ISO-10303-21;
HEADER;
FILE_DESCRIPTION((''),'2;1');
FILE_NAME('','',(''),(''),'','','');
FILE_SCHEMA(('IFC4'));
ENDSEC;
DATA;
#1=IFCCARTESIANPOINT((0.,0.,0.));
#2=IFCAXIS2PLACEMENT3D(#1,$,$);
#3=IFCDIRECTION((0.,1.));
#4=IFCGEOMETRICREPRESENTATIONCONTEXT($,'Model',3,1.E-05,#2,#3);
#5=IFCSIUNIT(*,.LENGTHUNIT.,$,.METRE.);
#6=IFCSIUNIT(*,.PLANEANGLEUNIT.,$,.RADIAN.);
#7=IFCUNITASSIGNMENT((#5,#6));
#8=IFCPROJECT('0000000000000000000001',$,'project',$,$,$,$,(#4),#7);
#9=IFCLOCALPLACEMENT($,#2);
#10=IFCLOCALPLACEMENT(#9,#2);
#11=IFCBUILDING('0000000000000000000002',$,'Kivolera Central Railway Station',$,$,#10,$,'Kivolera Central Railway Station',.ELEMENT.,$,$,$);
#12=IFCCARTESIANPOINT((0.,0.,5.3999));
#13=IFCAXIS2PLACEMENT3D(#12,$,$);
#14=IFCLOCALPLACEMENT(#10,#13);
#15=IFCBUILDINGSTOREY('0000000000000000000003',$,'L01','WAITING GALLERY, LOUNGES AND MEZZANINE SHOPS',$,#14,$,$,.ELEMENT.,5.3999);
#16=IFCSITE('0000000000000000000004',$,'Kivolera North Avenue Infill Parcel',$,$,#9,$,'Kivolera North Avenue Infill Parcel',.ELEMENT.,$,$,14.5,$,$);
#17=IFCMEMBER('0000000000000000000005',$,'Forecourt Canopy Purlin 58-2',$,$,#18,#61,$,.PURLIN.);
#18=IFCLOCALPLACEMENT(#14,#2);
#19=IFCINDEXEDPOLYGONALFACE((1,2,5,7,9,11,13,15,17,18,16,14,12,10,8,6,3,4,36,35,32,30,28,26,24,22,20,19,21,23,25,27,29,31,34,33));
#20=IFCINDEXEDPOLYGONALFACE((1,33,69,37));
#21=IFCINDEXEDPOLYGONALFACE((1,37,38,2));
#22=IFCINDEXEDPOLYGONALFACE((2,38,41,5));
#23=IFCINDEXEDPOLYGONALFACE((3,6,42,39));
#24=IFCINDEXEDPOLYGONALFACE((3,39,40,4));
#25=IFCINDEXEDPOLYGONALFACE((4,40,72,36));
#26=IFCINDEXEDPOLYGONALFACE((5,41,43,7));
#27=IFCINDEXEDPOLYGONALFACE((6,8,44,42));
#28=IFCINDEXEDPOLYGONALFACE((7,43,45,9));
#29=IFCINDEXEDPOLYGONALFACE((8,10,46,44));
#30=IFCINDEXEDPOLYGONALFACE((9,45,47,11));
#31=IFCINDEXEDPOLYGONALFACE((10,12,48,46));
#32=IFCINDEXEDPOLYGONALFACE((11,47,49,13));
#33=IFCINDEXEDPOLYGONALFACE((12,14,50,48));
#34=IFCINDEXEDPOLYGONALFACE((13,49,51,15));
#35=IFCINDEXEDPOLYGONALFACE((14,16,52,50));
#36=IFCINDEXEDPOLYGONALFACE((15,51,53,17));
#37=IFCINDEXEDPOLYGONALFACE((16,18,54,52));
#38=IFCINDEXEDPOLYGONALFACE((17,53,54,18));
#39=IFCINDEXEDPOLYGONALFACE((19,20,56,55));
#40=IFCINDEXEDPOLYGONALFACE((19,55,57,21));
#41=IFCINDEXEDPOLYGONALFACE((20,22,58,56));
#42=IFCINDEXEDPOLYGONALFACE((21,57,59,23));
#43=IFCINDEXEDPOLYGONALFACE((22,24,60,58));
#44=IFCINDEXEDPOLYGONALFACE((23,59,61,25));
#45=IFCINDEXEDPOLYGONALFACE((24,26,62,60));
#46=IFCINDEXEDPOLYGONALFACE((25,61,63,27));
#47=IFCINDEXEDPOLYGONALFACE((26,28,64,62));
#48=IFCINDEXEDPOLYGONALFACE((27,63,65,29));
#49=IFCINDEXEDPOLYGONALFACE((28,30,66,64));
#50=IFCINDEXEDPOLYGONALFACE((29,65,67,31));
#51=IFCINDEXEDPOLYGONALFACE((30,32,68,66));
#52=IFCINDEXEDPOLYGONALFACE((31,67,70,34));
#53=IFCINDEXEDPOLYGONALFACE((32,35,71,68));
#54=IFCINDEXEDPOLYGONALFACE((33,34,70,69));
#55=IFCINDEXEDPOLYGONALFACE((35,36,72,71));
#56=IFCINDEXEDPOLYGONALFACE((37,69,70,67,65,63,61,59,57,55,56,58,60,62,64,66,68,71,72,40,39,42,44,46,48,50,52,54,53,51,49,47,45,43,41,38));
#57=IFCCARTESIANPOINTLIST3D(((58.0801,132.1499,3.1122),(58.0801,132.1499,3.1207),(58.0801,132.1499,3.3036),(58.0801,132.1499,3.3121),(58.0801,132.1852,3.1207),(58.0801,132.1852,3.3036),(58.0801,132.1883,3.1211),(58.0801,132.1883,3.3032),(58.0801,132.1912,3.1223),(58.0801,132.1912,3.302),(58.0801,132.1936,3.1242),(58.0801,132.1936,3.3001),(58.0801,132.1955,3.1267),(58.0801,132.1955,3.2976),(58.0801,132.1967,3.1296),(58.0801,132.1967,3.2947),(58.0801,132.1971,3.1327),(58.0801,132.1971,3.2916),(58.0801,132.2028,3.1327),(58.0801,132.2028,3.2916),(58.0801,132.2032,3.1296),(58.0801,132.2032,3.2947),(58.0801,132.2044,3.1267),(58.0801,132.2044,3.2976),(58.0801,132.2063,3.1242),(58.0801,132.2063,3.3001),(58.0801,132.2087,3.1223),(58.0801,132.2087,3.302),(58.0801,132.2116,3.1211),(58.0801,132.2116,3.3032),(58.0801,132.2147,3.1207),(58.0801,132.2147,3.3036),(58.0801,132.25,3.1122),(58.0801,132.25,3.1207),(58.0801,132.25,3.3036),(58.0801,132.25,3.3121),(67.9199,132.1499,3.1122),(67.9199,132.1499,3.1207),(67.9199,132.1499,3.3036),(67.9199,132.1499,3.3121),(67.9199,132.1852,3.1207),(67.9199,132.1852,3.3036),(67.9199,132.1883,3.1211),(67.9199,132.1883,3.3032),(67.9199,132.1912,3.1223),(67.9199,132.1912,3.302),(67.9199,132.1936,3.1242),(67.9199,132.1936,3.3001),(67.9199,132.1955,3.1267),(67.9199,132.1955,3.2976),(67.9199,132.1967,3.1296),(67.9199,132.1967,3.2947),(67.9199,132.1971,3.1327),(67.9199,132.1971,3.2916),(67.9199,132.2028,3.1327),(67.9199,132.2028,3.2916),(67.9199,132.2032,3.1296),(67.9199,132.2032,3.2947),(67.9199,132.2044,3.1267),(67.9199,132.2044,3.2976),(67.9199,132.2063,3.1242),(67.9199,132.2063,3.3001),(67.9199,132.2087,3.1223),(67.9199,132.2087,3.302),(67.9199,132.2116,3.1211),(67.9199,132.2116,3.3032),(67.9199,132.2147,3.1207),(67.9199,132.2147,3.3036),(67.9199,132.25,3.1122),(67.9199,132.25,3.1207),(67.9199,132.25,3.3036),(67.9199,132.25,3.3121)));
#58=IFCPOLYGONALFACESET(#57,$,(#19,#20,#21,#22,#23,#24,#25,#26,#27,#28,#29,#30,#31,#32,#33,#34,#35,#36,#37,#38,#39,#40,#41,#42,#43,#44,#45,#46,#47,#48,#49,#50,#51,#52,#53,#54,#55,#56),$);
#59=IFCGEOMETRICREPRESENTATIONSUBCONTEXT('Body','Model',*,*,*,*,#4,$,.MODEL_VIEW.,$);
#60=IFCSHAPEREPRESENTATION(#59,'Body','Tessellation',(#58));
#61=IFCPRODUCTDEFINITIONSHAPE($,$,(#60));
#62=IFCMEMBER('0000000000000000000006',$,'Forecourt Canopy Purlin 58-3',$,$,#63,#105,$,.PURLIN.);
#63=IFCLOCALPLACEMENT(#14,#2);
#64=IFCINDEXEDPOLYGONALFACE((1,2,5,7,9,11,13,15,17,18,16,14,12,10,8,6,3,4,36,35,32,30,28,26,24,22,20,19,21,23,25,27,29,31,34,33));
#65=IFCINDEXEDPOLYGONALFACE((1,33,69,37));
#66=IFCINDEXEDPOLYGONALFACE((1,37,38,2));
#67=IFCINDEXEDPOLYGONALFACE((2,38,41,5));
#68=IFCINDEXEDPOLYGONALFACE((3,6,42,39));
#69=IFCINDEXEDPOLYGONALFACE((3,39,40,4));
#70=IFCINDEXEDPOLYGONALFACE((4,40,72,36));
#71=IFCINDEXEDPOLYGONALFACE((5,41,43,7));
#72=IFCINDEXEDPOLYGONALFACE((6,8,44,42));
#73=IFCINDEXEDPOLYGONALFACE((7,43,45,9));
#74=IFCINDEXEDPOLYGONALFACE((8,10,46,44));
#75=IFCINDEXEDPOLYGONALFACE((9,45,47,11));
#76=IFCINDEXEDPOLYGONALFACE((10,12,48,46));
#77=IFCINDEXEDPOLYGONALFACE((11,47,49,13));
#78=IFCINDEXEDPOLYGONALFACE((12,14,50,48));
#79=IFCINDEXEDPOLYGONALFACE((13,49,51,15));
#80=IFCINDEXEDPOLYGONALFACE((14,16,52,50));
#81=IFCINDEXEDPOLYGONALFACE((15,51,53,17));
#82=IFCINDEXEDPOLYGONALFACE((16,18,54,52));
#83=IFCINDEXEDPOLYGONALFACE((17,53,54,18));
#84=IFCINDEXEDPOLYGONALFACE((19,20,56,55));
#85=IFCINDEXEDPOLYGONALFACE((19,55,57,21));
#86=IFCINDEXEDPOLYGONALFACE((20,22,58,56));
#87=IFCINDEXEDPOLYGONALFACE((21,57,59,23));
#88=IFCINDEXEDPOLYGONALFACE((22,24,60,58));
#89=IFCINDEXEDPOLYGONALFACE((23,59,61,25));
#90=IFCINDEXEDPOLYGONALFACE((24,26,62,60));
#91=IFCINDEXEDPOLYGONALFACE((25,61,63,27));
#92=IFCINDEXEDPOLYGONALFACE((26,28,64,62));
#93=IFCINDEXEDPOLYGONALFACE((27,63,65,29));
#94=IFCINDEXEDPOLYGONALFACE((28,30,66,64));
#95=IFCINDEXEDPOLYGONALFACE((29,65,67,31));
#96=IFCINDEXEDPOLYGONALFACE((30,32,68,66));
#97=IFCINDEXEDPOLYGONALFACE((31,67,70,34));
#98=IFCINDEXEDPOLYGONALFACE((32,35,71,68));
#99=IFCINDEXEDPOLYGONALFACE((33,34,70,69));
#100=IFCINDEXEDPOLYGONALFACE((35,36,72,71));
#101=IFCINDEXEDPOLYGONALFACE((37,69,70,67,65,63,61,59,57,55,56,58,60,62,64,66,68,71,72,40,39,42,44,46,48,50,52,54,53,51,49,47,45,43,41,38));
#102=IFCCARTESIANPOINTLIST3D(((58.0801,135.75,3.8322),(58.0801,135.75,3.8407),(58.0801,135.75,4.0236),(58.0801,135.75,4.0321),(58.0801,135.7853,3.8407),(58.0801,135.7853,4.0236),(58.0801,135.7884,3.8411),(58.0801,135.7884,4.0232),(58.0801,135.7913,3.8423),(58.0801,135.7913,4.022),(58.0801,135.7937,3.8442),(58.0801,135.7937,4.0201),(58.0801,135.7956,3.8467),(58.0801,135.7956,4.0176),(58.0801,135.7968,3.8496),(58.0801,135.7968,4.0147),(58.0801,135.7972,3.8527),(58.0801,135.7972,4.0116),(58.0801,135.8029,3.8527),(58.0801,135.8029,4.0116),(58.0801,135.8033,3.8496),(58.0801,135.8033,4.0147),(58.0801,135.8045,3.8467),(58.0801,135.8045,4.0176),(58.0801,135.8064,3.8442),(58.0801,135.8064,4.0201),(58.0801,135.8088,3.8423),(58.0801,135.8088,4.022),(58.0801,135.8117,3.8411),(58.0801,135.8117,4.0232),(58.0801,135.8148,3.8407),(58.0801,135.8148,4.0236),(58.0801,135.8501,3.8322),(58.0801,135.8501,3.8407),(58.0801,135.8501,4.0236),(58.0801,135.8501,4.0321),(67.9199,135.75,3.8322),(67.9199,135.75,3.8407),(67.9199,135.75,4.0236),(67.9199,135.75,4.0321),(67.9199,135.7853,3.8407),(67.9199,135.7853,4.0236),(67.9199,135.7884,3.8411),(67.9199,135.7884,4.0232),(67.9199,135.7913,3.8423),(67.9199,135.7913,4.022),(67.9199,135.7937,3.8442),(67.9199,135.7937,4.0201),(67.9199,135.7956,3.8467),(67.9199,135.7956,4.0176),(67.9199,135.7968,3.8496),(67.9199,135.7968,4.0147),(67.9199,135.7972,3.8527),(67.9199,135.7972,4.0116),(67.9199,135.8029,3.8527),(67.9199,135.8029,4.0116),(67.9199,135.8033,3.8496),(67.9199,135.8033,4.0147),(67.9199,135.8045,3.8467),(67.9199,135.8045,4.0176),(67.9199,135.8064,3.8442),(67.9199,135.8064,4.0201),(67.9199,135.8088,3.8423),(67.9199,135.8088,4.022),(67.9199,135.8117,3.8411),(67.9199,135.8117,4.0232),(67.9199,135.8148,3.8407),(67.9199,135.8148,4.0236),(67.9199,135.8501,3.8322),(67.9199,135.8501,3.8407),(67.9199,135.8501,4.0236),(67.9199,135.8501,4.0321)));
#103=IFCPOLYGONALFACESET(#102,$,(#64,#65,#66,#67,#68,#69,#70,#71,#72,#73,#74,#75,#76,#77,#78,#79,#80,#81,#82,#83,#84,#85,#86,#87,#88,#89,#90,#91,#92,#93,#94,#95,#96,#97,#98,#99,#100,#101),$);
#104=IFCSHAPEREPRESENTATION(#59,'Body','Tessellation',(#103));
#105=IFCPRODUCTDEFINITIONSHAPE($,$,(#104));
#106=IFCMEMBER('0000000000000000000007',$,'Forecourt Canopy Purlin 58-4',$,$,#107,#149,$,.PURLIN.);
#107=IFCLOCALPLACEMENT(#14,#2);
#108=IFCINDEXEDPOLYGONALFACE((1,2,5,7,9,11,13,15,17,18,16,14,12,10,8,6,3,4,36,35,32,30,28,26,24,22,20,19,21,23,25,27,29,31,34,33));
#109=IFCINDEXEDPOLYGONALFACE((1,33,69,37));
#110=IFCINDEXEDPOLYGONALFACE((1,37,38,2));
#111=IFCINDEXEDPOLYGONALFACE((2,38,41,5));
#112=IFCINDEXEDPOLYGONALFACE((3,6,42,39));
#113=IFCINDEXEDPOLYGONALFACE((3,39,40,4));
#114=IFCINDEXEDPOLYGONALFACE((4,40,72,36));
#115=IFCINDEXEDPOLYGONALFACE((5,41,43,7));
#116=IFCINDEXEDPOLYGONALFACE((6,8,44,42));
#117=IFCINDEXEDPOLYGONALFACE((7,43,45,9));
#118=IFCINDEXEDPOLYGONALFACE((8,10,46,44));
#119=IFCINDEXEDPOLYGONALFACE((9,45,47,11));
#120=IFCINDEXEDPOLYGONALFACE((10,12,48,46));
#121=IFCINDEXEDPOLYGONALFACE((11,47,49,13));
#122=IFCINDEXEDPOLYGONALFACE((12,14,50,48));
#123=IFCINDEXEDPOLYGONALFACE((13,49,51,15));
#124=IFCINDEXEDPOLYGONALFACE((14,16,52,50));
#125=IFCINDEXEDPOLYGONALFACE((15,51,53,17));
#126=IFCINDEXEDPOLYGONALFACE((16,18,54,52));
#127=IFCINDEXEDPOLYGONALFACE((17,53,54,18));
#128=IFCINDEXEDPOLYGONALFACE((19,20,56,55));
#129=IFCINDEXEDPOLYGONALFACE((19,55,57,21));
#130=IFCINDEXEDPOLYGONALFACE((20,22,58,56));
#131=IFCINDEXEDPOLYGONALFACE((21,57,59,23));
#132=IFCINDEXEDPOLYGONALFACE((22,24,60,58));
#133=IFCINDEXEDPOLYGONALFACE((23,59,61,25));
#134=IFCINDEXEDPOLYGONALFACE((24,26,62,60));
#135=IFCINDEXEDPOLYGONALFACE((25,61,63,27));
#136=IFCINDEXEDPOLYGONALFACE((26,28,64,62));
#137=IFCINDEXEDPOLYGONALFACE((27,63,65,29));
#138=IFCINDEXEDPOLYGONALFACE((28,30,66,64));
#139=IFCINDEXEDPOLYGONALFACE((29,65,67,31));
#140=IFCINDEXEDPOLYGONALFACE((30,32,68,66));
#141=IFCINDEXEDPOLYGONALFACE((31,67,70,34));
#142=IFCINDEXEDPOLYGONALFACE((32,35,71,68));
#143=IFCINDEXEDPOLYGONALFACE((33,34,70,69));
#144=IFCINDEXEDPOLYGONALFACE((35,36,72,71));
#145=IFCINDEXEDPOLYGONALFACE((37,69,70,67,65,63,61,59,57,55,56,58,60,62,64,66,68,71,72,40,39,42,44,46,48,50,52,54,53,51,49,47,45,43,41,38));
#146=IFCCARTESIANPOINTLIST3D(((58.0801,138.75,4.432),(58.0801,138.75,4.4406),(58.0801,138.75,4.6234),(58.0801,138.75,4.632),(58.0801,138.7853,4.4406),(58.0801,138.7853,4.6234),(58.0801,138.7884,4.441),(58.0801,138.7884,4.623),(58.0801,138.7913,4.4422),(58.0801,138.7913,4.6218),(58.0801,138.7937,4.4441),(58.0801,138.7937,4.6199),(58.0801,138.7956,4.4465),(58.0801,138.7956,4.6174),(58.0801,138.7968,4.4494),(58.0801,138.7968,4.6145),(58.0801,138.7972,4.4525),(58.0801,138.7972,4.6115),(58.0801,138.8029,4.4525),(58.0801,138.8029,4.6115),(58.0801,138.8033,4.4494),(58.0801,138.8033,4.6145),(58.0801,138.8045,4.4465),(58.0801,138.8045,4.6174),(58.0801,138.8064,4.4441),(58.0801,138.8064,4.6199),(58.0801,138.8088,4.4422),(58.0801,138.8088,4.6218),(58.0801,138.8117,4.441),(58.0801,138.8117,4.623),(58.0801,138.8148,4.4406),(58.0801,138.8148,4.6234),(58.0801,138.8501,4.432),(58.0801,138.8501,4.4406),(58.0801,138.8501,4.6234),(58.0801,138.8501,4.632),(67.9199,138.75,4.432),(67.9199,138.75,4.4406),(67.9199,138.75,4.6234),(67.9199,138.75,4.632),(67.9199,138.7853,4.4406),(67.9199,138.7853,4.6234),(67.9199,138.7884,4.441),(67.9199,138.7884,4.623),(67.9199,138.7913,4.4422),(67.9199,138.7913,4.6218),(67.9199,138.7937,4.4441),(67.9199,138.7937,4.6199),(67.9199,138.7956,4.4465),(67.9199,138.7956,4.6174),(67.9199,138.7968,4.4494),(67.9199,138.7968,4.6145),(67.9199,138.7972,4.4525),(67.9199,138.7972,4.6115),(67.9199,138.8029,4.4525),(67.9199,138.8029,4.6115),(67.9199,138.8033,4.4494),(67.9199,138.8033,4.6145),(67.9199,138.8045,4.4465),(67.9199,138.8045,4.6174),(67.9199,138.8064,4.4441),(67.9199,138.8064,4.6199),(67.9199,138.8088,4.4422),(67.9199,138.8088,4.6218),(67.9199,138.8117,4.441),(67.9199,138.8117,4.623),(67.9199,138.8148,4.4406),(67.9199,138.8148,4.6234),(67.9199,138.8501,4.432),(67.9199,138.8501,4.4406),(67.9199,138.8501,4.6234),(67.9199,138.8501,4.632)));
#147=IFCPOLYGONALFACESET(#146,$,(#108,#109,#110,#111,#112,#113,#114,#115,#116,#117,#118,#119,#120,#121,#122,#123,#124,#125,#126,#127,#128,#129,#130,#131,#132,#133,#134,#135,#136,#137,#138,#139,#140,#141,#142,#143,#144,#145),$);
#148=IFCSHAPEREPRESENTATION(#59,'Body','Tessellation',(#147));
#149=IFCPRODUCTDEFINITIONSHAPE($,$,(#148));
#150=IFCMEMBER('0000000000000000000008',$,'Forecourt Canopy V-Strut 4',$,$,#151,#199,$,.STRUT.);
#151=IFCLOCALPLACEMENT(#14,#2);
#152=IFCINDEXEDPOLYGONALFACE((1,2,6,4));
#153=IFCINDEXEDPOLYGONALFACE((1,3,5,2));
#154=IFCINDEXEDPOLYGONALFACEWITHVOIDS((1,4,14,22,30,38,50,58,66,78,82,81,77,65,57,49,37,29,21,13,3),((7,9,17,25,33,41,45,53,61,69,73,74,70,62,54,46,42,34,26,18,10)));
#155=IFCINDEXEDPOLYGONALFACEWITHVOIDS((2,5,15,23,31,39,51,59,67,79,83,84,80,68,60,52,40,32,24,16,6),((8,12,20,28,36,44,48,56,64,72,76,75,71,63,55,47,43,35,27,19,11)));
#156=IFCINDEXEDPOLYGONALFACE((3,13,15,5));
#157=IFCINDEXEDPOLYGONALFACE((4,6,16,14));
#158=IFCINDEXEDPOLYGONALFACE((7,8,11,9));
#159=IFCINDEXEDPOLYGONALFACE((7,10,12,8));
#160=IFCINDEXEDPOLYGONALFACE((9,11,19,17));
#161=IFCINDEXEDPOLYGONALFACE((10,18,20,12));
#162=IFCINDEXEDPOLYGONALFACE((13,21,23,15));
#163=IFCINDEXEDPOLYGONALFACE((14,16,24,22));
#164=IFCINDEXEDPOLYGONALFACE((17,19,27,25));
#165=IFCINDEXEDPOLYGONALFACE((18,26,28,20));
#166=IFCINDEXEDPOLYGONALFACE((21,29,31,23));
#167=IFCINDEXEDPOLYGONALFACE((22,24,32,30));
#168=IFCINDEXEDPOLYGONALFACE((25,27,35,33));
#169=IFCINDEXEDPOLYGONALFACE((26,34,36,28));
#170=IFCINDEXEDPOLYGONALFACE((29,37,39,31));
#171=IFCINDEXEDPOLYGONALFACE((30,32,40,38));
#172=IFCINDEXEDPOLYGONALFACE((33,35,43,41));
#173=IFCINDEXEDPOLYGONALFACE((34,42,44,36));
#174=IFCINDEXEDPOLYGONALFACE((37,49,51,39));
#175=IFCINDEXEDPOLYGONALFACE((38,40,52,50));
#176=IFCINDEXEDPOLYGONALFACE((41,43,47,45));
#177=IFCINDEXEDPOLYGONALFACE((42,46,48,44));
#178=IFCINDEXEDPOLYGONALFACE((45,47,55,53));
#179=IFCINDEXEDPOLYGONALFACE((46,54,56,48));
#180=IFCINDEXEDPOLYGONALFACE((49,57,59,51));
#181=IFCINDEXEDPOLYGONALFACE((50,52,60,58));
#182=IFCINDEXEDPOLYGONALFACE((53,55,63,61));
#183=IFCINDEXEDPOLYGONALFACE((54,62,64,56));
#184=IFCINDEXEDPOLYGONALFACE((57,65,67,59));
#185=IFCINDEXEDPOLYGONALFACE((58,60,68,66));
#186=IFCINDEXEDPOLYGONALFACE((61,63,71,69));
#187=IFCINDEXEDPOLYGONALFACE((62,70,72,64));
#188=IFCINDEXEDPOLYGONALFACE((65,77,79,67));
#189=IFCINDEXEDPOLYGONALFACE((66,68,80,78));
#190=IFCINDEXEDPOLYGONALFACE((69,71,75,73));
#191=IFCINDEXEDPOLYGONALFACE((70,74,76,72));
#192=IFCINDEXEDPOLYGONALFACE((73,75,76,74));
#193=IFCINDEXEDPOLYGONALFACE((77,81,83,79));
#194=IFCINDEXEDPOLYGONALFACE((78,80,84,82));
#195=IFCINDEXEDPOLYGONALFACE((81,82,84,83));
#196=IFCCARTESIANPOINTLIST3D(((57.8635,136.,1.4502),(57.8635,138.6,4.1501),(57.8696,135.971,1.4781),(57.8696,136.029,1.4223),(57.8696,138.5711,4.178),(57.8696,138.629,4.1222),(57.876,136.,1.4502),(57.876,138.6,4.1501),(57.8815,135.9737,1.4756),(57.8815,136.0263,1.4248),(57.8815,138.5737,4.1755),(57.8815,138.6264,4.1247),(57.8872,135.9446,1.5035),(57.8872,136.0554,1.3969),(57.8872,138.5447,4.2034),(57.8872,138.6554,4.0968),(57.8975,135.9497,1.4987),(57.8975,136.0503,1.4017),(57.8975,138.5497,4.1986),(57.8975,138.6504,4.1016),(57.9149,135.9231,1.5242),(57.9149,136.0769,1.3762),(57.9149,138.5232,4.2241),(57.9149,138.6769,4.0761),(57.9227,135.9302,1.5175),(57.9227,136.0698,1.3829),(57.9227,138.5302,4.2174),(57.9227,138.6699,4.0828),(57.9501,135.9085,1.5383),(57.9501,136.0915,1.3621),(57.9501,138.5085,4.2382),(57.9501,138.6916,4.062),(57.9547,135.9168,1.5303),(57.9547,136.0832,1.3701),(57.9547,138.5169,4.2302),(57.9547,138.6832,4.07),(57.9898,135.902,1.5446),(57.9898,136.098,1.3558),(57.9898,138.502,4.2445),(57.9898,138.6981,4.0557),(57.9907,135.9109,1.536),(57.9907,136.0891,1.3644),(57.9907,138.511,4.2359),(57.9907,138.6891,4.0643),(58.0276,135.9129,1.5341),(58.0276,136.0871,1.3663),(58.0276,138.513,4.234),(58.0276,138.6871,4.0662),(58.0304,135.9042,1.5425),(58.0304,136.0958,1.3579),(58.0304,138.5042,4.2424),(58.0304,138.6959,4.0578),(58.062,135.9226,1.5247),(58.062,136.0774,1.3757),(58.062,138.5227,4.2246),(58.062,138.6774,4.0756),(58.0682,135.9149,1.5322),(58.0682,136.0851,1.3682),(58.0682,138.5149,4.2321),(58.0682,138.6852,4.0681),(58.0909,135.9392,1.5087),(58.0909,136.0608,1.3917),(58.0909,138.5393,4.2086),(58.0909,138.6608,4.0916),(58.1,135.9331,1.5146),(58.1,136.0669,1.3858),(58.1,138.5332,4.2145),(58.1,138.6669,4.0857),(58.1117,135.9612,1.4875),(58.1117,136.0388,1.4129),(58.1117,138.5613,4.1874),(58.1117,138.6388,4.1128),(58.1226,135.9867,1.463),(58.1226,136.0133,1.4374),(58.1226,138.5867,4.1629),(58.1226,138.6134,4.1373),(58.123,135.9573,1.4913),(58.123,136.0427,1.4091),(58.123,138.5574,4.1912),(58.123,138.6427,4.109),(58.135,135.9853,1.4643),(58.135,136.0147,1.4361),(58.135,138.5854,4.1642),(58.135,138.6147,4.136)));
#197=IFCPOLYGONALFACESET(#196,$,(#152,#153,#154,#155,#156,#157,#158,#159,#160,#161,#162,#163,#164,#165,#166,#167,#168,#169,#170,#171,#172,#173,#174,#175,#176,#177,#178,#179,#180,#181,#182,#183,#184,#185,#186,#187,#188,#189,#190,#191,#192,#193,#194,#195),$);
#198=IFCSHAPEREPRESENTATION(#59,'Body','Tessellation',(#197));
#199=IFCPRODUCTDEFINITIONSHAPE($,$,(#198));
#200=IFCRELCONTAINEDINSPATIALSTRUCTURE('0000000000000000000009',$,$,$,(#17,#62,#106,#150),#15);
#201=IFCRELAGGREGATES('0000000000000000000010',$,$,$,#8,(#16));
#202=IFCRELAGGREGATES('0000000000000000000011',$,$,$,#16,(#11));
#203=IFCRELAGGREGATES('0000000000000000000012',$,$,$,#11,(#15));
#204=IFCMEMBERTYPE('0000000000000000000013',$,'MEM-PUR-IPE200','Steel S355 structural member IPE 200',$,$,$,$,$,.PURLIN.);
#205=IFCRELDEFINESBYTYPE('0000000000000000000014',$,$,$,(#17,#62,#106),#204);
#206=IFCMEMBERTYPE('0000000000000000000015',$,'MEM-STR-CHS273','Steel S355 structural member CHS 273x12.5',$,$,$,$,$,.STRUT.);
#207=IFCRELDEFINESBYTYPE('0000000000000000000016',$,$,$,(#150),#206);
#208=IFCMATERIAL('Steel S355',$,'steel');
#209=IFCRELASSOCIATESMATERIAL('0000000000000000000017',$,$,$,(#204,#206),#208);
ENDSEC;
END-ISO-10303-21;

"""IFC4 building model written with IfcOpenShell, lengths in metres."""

from ifc_helpers import new_model, si_unit, direction, frame, origin, origin_2d, place, context, subcontext, project, spatial, hollow_circle, i_section, extrude, material, material_profile, profile_set, type_object, element, save


model = new_model("IFC4")

# Units and contexts
model_context = context("Model", 3, precision=1e-05, world=origin(), true_north=direction((0.0, 1.0)))
body_context = subcontext(model_context, "Body", "Model", "MODEL_VIEW")
ifc_project = project(units=[si_unit("LENGTHUNIT", "METRE"), si_unit("PLANEANGLEUNIT", "RADIAN")], contexts=[model_context])

# Site, building, storey
site_placement = place(None, origin())
site = spatial("IfcSite", under=ifc_project, at=site_placement, Name="Kivolera North Avenue Infill Parcel", LongName="Kivolera North Avenue Infill Parcel", CompositionType="ELEMENT", RefElevation=14.5)
building_placement = place(site_placement, origin())
building = spatial("IfcBuilding", under=site, at=building_placement, Name="Kivolera Central Railway Station", LongName="Kivolera Central Railway Station", CompositionType="ELEMENT")
storey_placement = place(building_placement, frame((0.0, 0.0, 5.3999)))
storey = spatial("IfcBuildingStorey", under=building, at=storey_placement, Name="L01", Description="WAITING GALLERY, LOUNGES AND MEZZANINE SHOPS", CompositionType="ELEMENT", Elevation=5.3999)

# Shared definitions
ifc_material_1 = material(Name="Steel S355", Category="steel")

# Members
ifc_material_profile_1 = material_profile(ifc_material_1, i_section(OverallWidth=0.1001, OverallDepth=0.2, WebThickness=0.0056, FlangeThickness=0.0085, FilletRadius=0.012, at=origin_2d()), Name="IPE 200")
ifc_profile_set_1 = profile_set([ifc_material_profile_1], Name="Steel S355")
member_type_1 = type_object("IfcMemberType", Name="MEM-PUR-IPE200", Description="Steel S355 structural member IPE 200", PredefinedType="PURLIN", material=ifc_profile_set_1)
for number, where, z_axis, x_axis, name in (
    (1, (58.0801, 132.2, 3.2122), (1.0, 0.0, 0.0), (0.0, 1.0, 0.0), "Forecourt Canopy Purlin 58-2"),
    (2, (58.0801, 135.8, 3.9321), (1.0, 0.0, 0.0), (0.0, 1.0, 0.0), "Forecourt Canopy Purlin 58-3"),
    (3, (58.0801, 138.8, 4.532), (1.0, 0.0, 0.0), (0.0, 1.0, 0.0), "Forecourt Canopy Purlin 58-4"),
):
    element("IfcMember", number, at=place(storey_placement, frame(where, z_axis=z_axis, x_axis=x_axis)), inside=storey, type_object=member_type_1, Name=name, PredefinedType="PURLIN", context=body_context, shape_type="SweptSolid", body=[
        extrude(i_section(OverallWidth=0.1001, OverallDepth=0.2, WebThickness=0.0056, FlangeThickness=0.0085, FilletRadius=0.012, at=origin_2d()), origin(), (0.0, 0.0, 1.0), 9.8398),
    ])
ifc_material_profile_2 = material_profile(ifc_material_1, hollow_circle(Radius=0.1365, WallThickness=0.0125, at=origin_2d()), Name="CHS 273x12.5")
ifc_profile_set_2 = profile_set([ifc_material_profile_2], Name="Steel S355")
member_type_2 = type_object("IfcMemberType", Name="MEM-STR-CHS273", Description="Steel S355 structural member CHS 273x12.5", PredefinedType="STRUT", material=ifc_profile_set_2)
member_1_placement = place(storey_placement, frame((58.0, 136.0, 1.4502), z_axis=(0.0, 0.693662, 0.720301), x_axis=(-1.0, 0.0, 0.0)))
element("IfcMember", 4, at=member_1_placement, inside=storey, type_object=member_type_2, Name="Forecourt Canopy V-Strut 4", PredefinedType="STRUT", context=body_context, shape_type="SweptSolid", body=[
    extrude(hollow_circle(Radius=0.1365, WallThickness=0.0125, at=origin_2d()), origin(), (0.0, 0.0, 1.0), 3.7483),
])

save(model, "model.ifc")
